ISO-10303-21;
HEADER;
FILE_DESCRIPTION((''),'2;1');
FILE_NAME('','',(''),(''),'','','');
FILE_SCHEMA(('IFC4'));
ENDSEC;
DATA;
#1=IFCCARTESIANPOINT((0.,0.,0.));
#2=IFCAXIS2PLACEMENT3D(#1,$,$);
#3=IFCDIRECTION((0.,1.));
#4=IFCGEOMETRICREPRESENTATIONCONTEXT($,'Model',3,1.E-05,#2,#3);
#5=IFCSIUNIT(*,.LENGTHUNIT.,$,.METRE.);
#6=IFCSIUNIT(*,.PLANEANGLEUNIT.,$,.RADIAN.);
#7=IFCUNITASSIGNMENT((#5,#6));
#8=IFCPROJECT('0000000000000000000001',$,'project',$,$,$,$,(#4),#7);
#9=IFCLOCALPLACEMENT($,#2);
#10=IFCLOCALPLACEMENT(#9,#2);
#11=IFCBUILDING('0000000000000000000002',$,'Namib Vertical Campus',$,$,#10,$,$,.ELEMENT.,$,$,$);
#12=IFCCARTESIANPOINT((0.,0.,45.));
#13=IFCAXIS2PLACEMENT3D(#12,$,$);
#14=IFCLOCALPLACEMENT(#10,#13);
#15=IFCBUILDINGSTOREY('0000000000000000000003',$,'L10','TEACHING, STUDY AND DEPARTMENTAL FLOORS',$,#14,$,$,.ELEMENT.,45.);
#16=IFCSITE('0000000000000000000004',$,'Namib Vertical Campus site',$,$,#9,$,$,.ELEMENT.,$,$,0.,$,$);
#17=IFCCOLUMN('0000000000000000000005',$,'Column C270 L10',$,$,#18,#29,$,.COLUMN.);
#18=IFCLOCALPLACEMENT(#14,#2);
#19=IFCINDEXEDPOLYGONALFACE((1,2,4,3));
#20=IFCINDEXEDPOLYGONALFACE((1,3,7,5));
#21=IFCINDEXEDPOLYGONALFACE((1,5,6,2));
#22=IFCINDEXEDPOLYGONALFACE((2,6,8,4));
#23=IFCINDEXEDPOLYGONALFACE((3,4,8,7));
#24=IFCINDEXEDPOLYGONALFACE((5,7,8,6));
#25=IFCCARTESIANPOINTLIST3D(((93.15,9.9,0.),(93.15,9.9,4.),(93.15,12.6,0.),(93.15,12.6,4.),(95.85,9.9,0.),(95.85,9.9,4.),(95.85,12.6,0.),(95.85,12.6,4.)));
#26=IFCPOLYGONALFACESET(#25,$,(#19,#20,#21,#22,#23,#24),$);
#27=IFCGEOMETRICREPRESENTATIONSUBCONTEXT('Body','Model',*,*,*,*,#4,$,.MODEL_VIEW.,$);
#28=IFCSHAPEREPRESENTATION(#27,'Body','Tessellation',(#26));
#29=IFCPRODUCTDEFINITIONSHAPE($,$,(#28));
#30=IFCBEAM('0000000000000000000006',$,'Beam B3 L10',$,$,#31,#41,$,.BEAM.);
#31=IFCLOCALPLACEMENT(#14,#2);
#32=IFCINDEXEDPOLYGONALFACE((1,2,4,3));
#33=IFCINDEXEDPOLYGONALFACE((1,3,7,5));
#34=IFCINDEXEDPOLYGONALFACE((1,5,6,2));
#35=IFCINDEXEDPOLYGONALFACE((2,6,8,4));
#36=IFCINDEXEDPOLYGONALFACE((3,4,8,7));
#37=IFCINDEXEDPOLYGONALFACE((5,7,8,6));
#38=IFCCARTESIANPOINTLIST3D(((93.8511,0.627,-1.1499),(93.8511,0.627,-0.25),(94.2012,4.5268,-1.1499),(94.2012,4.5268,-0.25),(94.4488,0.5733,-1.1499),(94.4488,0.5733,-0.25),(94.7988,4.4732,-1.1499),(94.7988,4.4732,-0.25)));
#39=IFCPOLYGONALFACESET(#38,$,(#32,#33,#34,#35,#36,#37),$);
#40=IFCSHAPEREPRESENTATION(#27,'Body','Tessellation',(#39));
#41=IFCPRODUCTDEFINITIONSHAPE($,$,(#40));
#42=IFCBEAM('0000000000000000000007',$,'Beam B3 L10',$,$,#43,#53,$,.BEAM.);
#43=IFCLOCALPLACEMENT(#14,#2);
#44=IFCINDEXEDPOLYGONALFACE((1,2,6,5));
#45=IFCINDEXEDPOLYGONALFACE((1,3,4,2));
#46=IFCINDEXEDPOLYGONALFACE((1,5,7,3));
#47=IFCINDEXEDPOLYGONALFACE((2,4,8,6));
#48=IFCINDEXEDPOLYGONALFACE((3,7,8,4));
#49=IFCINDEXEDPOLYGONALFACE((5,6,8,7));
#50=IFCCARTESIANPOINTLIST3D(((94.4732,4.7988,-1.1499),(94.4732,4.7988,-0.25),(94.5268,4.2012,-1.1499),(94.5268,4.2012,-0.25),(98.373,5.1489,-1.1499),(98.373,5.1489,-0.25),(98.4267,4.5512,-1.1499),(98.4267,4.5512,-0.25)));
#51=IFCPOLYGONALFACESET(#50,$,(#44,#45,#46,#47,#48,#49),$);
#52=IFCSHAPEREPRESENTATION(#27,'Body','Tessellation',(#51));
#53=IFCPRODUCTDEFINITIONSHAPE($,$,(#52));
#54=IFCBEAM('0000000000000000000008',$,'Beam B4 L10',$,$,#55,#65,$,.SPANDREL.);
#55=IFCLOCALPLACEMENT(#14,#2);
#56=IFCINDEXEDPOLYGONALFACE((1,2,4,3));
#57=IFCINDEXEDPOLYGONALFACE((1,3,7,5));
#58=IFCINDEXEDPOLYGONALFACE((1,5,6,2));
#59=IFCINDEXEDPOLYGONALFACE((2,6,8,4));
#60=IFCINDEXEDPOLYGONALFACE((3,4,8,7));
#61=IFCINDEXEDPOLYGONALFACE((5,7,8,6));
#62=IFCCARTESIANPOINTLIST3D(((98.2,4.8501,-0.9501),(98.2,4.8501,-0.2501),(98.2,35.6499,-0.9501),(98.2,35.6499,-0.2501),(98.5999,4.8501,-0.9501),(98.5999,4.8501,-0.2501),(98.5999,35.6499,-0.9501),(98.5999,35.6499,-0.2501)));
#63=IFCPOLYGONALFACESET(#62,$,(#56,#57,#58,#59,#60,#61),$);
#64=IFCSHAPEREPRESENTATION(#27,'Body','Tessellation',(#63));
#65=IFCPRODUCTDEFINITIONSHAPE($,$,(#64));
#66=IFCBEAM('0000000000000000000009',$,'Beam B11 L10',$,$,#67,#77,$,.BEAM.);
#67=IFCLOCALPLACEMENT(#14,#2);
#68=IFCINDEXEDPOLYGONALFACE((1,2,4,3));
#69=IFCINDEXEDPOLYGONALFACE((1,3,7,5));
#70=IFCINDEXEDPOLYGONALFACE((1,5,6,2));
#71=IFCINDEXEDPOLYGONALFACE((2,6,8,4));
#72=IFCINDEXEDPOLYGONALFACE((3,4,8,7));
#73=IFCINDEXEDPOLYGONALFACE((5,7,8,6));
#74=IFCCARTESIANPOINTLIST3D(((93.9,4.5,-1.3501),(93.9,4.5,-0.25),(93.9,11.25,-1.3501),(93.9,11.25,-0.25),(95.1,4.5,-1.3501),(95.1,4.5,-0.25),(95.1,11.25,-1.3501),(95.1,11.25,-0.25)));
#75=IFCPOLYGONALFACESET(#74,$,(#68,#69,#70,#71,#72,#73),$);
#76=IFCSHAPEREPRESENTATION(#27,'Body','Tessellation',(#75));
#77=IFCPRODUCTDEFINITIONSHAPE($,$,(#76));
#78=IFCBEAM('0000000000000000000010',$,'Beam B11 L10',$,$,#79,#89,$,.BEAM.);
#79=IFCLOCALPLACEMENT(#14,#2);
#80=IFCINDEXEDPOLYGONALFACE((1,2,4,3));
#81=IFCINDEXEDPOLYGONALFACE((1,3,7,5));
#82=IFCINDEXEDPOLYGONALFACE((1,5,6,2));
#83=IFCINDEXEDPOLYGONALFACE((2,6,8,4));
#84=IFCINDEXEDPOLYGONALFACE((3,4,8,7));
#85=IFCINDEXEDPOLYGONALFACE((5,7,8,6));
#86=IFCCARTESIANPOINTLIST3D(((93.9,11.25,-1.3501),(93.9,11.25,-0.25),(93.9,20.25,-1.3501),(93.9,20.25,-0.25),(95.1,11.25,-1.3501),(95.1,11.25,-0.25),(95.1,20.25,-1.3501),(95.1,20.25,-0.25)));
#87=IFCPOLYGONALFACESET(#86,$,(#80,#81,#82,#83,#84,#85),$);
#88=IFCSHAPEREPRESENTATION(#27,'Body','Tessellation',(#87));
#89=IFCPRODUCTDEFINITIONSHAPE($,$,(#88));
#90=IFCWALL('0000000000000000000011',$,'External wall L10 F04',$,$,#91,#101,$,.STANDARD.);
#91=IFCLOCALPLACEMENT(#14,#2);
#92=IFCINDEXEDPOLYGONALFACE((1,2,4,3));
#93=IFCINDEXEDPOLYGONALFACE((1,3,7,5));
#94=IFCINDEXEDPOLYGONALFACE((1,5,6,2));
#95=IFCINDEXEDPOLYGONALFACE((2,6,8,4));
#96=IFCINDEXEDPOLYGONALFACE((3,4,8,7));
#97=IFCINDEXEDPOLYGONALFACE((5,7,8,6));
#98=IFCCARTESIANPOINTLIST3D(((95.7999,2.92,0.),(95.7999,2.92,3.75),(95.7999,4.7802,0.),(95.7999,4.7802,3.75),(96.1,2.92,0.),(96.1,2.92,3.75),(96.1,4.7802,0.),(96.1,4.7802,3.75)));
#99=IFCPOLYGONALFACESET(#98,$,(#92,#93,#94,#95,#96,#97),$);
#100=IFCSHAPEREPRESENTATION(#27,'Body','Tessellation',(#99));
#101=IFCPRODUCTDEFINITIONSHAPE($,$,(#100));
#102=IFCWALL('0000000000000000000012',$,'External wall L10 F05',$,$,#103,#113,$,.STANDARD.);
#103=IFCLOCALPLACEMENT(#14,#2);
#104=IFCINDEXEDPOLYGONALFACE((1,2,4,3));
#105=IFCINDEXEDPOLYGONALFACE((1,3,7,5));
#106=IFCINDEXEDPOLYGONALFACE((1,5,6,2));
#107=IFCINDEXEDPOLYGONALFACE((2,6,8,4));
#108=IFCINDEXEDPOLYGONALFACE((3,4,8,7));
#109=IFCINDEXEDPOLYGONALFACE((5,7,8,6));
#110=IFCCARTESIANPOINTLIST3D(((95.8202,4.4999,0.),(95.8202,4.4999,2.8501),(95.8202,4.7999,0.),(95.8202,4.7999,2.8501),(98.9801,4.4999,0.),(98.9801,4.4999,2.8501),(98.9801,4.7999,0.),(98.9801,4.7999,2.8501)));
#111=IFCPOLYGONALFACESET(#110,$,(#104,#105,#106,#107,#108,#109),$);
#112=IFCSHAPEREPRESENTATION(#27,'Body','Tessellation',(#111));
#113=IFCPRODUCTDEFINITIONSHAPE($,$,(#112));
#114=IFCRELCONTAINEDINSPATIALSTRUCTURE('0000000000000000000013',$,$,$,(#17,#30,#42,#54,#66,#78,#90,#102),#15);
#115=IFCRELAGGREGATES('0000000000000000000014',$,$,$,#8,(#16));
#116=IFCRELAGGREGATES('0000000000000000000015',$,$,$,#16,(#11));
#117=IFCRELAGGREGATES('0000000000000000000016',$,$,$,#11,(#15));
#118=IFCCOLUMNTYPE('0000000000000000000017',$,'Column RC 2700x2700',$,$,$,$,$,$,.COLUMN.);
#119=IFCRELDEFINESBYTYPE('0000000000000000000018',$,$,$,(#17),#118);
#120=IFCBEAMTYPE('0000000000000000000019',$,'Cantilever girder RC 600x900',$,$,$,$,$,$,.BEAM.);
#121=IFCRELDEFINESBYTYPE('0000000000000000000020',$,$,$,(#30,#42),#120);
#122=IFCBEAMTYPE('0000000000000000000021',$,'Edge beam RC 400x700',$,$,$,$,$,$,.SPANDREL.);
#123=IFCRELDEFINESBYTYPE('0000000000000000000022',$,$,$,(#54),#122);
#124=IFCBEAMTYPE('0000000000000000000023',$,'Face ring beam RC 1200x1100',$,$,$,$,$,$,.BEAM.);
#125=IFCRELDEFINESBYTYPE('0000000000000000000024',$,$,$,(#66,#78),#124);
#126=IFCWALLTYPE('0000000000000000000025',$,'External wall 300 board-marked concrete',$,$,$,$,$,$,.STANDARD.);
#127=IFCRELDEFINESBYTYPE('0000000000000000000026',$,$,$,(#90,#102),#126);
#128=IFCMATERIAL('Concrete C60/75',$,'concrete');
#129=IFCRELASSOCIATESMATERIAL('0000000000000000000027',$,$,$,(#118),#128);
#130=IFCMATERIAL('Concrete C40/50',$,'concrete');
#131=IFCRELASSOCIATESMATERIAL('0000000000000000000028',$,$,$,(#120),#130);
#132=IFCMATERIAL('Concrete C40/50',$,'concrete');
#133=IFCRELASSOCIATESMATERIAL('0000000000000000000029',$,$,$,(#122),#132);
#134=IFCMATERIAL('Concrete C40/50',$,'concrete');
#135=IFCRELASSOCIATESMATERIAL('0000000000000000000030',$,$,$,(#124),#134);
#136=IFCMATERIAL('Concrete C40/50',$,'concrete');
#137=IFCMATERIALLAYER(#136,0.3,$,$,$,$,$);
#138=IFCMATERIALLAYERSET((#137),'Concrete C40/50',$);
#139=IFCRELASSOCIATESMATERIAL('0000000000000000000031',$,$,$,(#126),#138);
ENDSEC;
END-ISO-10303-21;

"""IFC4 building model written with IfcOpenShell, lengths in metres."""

from ifc_helpers import new_model, si_unit, direction, frame, frame_2d, origin, origin_2d, place, context, subcontext, project, spatial, rectangle, extrude, material, layer, layer_set, material_profile, profile_set, type_object, element, save


model = new_model("IFC4")

# Units and contexts
model_context = context("Model", 3, precision=1e-05, world=origin(), true_north=direction((0.0, 1.0)))
body_context = subcontext(model_context, "Body", "Model", "MODEL_VIEW")
ifc_project = project(units=[si_unit("LENGTHUNIT", "METRE"), si_unit("PLANEANGLEUNIT", "RADIAN")], contexts=[model_context])

# Site, building, storey
site_placement = place(None, origin())
site = spatial("IfcSite", under=ifc_project, at=site_placement, Name="Namib Vertical Campus site", CompositionType="ELEMENT", RefElevation=0.0)
building_placement = place(site_placement, origin())
building = spatial("IfcBuilding", under=site, at=building_placement, Name="Namib Vertical Campus", CompositionType="ELEMENT")
storey_placement = place(building_placement, frame((0.0, 0.0, 45.0)))
storey = spatial("IfcBuildingStorey", under=building, at=storey_placement, Name="L10", Description="TEACHING, STUDY AND DEPARTMENTAL FLOORS", CompositionType="ELEMENT", Elevation=45.0)

# Column
ifc_material_1 = material(Name="Concrete C60/75", Category="concrete")
ifc_material_profile_1 = material_profile(ifc_material_1, rectangle(XDim=2.7, YDim=2.7, at=origin_2d()))
ifc_profile_set_1 = profile_set([ifc_material_profile_1], Name="Concrete C60/75")
column_type = type_object("IfcColumnType", Name="Column RC 2700x2700", PredefinedType="COLUMN", material=ifc_profile_set_1)
column_placement = place(storey_placement, frame((94.5, 11.25, 0.0), z_axis=(0.0, 0.0, 1.0), x_axis=(1.0, 0.0, 0.0)))
element("IfcColumn", 1, at=column_placement, inside=storey, type_object=column_type, Name="Column C270 L10", PredefinedType="COLUMN", context=body_context, shape_type="SweptSolid", body=[
    extrude(rectangle(XDim=2.7, YDim=2.7, at=origin_2d()), origin(), (0.0, 0.0, 1.0), 4.0),
])

# Beams
ifc_material_2 = material(Name="Concrete C40/50", Category="concrete")
ifc_material_profile_2 = material_profile(ifc_material_2, rectangle(XDim=0.6001, YDim=0.8999, at=origin_2d()))
ifc_profile_set_2 = profile_set([ifc_material_profile_2], Name="Concrete C40/50")
beam_type_1 = type_object("IfcBeamType", Name="Cantilever girder RC 600x900", PredefinedType="BEAM", material=ifc_profile_set_2)
for number, where, z_axis, x_axis, name in (
    (2, (94.5, 4.5, -0.7), (-0.089411, -0.995995, 0.0), (0.995995, -0.089411, 0.0), "Beam B3 L10"),
    (3, (94.5, 4.5, -0.7), (0.995995, 0.089411, 0.0), (-0.089411, 0.995995, 0.0), "Beam B3 L10"),
):
    element("IfcBeam", number, at=place(storey_placement, frame(where, z_axis=z_axis, x_axis=x_axis)), inside=storey, type_object=beam_type_1, Name=name, PredefinedType="BEAM", context=body_context, shape_type="SweptSolid", body=[
        extrude(rectangle(XDim=0.6001, YDim=0.8999, at=origin_2d()), origin(), (0.0, 0.0, 1.0), 3.9155),
    ])
ifc_material_3 = material(Name="Concrete C40/50", Category="concrete")
ifc_material_profile_3 = material_profile(ifc_material_3, rectangle(XDim=0.3999, YDim=0.7, at=origin_2d()))
ifc_profile_set_3 = profile_set([ifc_material_profile_3], Name="Concrete C40/50")
beam_type_2 = type_object("IfcBeamType", Name="Edge beam RC 400x700", PredefinedType="SPANDREL", material=ifc_profile_set_3)
beam_1_placement = place(storey_placement, frame((98.3999, 4.8501, -0.6001), z_axis=(0.0, 1.0, 0.0), x_axis=(-1.0, 0.0, 0.0)))
element("IfcBeam", 4, at=beam_1_placement, inside=storey, type_object=beam_type_2, Name="Beam B4 L10", PredefinedType="SPANDREL", context=body_context, shape_type="SweptSolid", body=[
    extrude(rectangle(XDim=0.3999, YDim=0.7, at=origin_2d()), origin(), (0.0, 0.0, 1.0), 30.7998),
])
ifc_material_4 = material(Name="Concrete C40/50", Category="concrete")
ifc_material_profile_4 = material_profile(ifc_material_4, rectangle(XDim=1.2, YDim=1.1001, at=origin_2d()))
ifc_profile_set_4 = profile_set([ifc_material_profile_4], Name="Concrete C40/50")
beam_type_3 = type_object("IfcBeamType", Name="Face ring beam RC 1200x1100", PredefinedType="BEAM", material=ifc_profile_set_4)
beam_2_placement = place(storey_placement, frame((94.5, 4.5, -0.8), z_axis=(0.0, 1.0, 0.0), x_axis=(-1.0, 0.0, 0.0)))
element("IfcBeam", 5, at=beam_2_placement, inside=storey, type_object=beam_type_3, Name="Beam B11 L10", PredefinedType="BEAM", context=body_context, shape_type="SweptSolid", body=[
    extrude(rectangle(XDim=1.2, YDim=1.1001, at=origin_2d()), origin(), (0.0, 0.0, 1.0), 6.75),
])
beam_3_placement = place(storey_placement, frame((94.5, 11.25, -0.8), z_axis=(0.0, 1.0, 0.0), x_axis=(-1.0, 0.0, 0.0)))
element("IfcBeam", 6, at=beam_3_placement, inside=storey, type_object=beam_type_3, Name="Beam B11 L10", PredefinedType="BEAM", context=body_context, shape_type="SweptSolid", body=[
    extrude(rectangle(XDim=1.2, YDim=1.1001, at=origin_2d()), origin(), (0.0, 0.0, 1.0), 9.0),
])

# Walls
ifc_material_5 = material(Name="Concrete C40/50", Category="concrete")
ifc_layer_1 = layer(ifc_material_5, 0.3)
ifc_layer_set_1 = layer_set([ifc_layer_1], Name="Concrete C40/50")
wall_type = type_object("IfcWallType", Name="External wall 300 board-marked concrete", PredefinedType="STANDARD", material=ifc_layer_set_1)
wall_1_placement = place(storey_placement, frame((95.95, 2.9199, 0.0), z_axis=(0.0, 0.0, 1.0), x_axis=(0.0, 1.0, 0.0)))
element("IfcWall", 7, at=wall_1_placement, inside=storey, type_object=wall_type, Name="External wall L10 F04", PredefinedType="STANDARD", context=body_context, shape_type="SweptSolid", body=[
    extrude(rectangle(XDim=1.8601, YDim=0.3, at=frame_2d((0.9302, 0.0))), origin(), (0.0, 0.0, 1.0), 3.75),
])
wall_2_placement = place(storey_placement, frame((95.8201, 4.6499, 0.0), z_axis=(0.0, 0.0, 1.0), x_axis=(1.0, 0.0, 0.0)))
element("IfcWall", 8, at=wall_2_placement, inside=storey, type_object=wall_type, Name="External wall L10 F05", PredefinedType="STANDARD", context=body_context, shape_type="SweptSolid", body=[
    extrude(rectangle(XDim=3.1599, YDim=0.3, at=frame_2d((1.5801, 0.0))), origin(), (0.0, 0.0, 1.0), 2.8501),
])

save(model, "model.ifc")
